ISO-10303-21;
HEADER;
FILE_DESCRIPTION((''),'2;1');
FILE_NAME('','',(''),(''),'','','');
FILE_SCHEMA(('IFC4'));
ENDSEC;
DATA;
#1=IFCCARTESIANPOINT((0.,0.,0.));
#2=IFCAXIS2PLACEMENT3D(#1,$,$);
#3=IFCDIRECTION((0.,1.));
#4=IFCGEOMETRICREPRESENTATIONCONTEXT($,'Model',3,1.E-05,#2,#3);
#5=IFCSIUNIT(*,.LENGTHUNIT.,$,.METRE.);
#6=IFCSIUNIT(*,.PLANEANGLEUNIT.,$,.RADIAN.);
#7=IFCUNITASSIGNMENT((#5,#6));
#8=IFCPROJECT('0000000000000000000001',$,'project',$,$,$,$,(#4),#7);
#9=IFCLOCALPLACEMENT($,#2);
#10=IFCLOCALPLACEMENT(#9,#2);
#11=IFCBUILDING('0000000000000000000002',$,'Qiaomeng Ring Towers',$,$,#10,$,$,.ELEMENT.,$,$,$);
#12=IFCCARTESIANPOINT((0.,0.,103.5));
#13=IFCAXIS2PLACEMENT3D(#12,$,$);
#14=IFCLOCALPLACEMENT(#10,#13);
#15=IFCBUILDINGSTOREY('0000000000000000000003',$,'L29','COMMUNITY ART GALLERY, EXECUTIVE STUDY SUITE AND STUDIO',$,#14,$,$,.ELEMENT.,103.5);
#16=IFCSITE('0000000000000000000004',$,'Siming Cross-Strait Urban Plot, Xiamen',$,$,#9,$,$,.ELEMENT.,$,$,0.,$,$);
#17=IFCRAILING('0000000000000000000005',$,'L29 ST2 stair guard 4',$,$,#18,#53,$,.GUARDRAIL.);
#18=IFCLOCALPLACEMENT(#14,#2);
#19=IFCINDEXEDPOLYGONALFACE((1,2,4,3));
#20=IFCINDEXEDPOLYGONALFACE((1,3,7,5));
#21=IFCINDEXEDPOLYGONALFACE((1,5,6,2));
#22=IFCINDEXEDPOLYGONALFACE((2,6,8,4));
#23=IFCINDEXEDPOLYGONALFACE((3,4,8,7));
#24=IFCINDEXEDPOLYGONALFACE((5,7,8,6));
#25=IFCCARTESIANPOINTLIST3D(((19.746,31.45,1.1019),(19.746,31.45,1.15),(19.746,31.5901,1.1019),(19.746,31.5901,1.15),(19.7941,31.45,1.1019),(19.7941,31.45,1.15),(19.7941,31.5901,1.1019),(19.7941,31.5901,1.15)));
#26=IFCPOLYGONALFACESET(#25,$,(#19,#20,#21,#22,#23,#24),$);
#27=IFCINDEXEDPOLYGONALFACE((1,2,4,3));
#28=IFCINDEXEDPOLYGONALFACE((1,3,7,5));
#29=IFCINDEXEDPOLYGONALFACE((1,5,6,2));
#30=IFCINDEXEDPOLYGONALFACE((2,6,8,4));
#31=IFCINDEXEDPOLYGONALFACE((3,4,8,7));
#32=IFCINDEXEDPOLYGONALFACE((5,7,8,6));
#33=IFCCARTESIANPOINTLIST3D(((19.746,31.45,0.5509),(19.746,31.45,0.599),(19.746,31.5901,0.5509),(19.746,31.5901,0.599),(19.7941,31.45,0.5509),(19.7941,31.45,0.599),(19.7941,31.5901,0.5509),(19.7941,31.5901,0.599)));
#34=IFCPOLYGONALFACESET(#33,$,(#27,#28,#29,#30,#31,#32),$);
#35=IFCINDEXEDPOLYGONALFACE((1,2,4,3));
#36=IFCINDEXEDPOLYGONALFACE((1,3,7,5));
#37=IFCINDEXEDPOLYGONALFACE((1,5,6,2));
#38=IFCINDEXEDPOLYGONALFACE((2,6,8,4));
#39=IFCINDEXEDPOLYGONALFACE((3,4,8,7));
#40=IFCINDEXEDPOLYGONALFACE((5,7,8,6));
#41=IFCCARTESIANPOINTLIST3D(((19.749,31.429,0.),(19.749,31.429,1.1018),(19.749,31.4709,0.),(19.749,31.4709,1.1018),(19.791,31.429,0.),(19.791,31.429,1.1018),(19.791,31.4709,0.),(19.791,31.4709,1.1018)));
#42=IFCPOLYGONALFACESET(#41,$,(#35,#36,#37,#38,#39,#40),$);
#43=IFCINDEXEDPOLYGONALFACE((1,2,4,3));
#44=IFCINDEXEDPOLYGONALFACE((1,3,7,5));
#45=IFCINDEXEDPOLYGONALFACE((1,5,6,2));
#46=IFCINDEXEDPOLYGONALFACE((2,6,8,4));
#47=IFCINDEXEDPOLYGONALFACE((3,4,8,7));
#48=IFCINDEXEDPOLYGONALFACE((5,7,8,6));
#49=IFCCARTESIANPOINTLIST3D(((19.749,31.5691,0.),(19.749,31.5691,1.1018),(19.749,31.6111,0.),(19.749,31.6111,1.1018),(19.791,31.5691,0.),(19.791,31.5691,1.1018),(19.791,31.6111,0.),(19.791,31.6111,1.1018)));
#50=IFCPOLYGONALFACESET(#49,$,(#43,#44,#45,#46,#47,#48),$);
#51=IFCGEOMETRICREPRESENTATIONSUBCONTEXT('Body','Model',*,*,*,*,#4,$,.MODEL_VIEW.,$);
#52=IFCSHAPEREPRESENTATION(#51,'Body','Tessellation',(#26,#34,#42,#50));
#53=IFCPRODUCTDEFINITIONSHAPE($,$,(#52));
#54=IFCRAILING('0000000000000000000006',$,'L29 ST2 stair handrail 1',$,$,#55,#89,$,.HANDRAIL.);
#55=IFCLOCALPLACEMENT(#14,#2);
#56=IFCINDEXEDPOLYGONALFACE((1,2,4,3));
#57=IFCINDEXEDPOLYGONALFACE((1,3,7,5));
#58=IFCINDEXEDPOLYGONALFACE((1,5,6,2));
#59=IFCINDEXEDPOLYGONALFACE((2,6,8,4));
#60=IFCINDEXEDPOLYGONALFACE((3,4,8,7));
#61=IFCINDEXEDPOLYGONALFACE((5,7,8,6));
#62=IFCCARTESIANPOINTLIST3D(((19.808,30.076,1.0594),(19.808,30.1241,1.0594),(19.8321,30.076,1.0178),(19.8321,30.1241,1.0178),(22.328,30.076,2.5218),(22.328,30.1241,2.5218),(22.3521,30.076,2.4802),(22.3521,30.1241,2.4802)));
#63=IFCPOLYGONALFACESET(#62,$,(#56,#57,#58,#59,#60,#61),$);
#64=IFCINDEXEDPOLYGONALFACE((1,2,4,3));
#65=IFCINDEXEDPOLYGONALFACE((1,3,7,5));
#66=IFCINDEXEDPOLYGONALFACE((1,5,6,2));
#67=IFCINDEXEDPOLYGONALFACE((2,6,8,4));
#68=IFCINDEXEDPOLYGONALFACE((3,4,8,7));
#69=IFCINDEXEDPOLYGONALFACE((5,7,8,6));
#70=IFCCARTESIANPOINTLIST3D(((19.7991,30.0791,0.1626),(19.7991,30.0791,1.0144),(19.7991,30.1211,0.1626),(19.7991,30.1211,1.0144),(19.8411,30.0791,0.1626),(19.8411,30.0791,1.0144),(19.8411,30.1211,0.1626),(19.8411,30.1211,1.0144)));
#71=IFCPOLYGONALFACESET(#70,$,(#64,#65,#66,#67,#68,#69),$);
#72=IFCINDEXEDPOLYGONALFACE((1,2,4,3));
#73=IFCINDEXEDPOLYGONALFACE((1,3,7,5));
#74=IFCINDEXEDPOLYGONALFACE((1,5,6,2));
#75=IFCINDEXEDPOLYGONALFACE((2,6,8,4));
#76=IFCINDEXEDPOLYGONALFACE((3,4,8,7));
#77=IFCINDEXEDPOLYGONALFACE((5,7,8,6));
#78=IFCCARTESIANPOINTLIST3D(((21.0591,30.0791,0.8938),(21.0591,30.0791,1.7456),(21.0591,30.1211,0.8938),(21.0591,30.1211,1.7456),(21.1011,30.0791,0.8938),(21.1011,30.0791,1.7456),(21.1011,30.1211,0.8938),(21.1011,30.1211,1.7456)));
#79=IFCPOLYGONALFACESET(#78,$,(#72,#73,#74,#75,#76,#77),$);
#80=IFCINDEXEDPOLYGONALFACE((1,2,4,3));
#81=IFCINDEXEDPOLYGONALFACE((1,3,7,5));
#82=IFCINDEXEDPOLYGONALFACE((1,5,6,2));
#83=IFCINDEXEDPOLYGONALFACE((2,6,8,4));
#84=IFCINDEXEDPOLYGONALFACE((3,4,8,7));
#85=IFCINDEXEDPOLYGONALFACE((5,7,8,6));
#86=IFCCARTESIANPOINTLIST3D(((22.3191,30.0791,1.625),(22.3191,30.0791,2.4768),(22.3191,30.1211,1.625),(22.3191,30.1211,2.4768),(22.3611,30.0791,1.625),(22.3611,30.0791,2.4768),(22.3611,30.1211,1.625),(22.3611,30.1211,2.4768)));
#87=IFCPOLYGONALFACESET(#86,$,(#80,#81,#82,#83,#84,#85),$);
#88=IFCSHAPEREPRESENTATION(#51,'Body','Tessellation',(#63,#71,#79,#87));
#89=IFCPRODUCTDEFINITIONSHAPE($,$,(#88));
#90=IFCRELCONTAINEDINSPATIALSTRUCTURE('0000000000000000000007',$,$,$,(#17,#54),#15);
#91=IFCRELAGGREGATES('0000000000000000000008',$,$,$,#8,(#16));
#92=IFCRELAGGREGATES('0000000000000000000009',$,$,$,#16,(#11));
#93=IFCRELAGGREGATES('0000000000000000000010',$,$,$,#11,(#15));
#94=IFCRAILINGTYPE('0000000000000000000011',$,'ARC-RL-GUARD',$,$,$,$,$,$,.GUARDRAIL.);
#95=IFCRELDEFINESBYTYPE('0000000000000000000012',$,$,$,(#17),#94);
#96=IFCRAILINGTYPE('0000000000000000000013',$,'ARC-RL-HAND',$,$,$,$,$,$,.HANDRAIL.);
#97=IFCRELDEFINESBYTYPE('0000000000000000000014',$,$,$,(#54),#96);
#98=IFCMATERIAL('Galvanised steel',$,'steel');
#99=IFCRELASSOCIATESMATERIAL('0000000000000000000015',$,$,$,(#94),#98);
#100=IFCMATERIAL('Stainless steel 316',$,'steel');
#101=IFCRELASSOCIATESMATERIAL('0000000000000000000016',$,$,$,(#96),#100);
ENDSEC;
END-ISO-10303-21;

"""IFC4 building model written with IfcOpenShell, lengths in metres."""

from ifc_helpers import new_model, si_unit, direction, frame, origin, origin_2d, place, context, subcontext, project, spatial, rectangle, extrude, material, type_object, element, save


model = new_model("IFC4")

# Units and contexts
model_context = context("Model", 3, precision=1e-05, world=origin(), true_north=direction((0.0, 1.0)))
body_context = subcontext(model_context, "Body", "Model", "MODEL_VIEW")
ifc_project = project(units=[si_unit("LENGTHUNIT", "METRE"), si_unit("PLANEANGLEUNIT", "RADIAN")], contexts=[model_context])

# Site, building, storey
site_placement = place(None, origin())
site = spatial("IfcSite", under=ifc_project, at=site_placement, Name="Siming Cross-Strait Urban Plot, Xiamen", CompositionType="ELEMENT", RefElevation=0.0)
building_placement = place(site_placement, origin())
building = spatial("IfcBuilding", under=site, at=building_placement, Name="Qiaomeng Ring Towers", CompositionType="ELEMENT")
storey_placement = place(building_placement, frame((0.0, 0.0, 103.5)))
storey = spatial("IfcBuildingStorey", under=building, at=storey_placement, Name="L29", Description="COMMUNITY ART GALLERY, EXECUTIVE STUDY SUITE AND STUDIO", CompositionType="ELEMENT", Elevation=103.5)

# Shared definitions
ifc_material_1 = material(Name="Stainless steel 316", Category="steel")

# Railings
ifc_material_2 = material(Name="Galvanised steel", Category="steel")
railing_type_1 = type_object("IfcRailingType", Name="ARC-RL-GUARD", PredefinedType="GUARDRAIL", material=ifc_material_2)
railing_1_placement = place(storey_placement, frame((19.77, 31.45, 0.0)))
element("IfcRailing", 1, at=railing_1_placement, inside=storey, type_object=railing_type_1, Name="L29 ST2 stair guard 4", PredefinedType="GUARDRAIL", context=body_context, shape_type="SweptSolid", body=[
    extrude(rectangle(XDim=0.0481, YDim=0.0481, at=origin_2d()), frame((0.0, 0.0, 1.126), z_axis=(0.0, 1.0, 0.0), x_axis=(-1.0, 0.0, 0.0)), (0.0, 0.0, 1.0), 0.1401),
    extrude(rectangle(XDim=0.0481, YDim=0.0481, at=origin_2d()), frame((0.0, 0.0, 0.575), z_axis=(0.0, 1.0, 0.0), x_axis=(-1.0, 0.0, 0.0)), (0.0, 0.0, 1.0), 0.1401),
    extrude(rectangle(XDim=0.042, YDim=0.042, at=origin_2d()), origin(), (0.0, 0.0, 1.0), 1.1018),
    extrude(rectangle(XDim=0.042, YDim=0.042, at=origin_2d()), frame((0.0, 0.1401, 0.0)), (0.0, 0.0, 1.0), 1.1018),
])
railing_type_2 = type_object("IfcRailingType", Name="ARC-RL-HAND", PredefinedType="HANDRAIL", material=ifc_material_1)
railing_2_placement = place(storey_placement, frame((19.8201, 30.1001, 0.1626)))
element("IfcRailing", 2, at=railing_2_placement, inside=storey, type_object=railing_type_2, Name="L29 ST2 stair handrail 1", PredefinedType="HANDRAIL", context=body_context, shape_type="SweptSolid", body=[
    extrude(rectangle(XDim=0.0481, YDim=0.0481, at=origin_2d()), frame((0.0, 0.0, 0.876), z_axis=(0.864913, 0.0, 0.501921), x_axis=(0.0, 1.0, 0.0)), (0.0, 0.0, 1.0), 2.9136),
    extrude(rectangle(XDim=0.042, YDim=0.042, at=origin_2d()), origin(), (0.0, 0.0, 1.0), 0.8518),
    extrude(rectangle(XDim=0.042, YDim=0.042, at=origin_2d()), frame((1.26, 0.0, 0.7312)), (0.0, 0.0, 1.0), 0.8518),
    extrude(rectangle(XDim=0.042, YDim=0.042, at=origin_2d()), frame((2.52, 0.0, 1.4624)), (0.0, 0.0, 1.0), 0.8518),
])

save(model, "model.ifc")
